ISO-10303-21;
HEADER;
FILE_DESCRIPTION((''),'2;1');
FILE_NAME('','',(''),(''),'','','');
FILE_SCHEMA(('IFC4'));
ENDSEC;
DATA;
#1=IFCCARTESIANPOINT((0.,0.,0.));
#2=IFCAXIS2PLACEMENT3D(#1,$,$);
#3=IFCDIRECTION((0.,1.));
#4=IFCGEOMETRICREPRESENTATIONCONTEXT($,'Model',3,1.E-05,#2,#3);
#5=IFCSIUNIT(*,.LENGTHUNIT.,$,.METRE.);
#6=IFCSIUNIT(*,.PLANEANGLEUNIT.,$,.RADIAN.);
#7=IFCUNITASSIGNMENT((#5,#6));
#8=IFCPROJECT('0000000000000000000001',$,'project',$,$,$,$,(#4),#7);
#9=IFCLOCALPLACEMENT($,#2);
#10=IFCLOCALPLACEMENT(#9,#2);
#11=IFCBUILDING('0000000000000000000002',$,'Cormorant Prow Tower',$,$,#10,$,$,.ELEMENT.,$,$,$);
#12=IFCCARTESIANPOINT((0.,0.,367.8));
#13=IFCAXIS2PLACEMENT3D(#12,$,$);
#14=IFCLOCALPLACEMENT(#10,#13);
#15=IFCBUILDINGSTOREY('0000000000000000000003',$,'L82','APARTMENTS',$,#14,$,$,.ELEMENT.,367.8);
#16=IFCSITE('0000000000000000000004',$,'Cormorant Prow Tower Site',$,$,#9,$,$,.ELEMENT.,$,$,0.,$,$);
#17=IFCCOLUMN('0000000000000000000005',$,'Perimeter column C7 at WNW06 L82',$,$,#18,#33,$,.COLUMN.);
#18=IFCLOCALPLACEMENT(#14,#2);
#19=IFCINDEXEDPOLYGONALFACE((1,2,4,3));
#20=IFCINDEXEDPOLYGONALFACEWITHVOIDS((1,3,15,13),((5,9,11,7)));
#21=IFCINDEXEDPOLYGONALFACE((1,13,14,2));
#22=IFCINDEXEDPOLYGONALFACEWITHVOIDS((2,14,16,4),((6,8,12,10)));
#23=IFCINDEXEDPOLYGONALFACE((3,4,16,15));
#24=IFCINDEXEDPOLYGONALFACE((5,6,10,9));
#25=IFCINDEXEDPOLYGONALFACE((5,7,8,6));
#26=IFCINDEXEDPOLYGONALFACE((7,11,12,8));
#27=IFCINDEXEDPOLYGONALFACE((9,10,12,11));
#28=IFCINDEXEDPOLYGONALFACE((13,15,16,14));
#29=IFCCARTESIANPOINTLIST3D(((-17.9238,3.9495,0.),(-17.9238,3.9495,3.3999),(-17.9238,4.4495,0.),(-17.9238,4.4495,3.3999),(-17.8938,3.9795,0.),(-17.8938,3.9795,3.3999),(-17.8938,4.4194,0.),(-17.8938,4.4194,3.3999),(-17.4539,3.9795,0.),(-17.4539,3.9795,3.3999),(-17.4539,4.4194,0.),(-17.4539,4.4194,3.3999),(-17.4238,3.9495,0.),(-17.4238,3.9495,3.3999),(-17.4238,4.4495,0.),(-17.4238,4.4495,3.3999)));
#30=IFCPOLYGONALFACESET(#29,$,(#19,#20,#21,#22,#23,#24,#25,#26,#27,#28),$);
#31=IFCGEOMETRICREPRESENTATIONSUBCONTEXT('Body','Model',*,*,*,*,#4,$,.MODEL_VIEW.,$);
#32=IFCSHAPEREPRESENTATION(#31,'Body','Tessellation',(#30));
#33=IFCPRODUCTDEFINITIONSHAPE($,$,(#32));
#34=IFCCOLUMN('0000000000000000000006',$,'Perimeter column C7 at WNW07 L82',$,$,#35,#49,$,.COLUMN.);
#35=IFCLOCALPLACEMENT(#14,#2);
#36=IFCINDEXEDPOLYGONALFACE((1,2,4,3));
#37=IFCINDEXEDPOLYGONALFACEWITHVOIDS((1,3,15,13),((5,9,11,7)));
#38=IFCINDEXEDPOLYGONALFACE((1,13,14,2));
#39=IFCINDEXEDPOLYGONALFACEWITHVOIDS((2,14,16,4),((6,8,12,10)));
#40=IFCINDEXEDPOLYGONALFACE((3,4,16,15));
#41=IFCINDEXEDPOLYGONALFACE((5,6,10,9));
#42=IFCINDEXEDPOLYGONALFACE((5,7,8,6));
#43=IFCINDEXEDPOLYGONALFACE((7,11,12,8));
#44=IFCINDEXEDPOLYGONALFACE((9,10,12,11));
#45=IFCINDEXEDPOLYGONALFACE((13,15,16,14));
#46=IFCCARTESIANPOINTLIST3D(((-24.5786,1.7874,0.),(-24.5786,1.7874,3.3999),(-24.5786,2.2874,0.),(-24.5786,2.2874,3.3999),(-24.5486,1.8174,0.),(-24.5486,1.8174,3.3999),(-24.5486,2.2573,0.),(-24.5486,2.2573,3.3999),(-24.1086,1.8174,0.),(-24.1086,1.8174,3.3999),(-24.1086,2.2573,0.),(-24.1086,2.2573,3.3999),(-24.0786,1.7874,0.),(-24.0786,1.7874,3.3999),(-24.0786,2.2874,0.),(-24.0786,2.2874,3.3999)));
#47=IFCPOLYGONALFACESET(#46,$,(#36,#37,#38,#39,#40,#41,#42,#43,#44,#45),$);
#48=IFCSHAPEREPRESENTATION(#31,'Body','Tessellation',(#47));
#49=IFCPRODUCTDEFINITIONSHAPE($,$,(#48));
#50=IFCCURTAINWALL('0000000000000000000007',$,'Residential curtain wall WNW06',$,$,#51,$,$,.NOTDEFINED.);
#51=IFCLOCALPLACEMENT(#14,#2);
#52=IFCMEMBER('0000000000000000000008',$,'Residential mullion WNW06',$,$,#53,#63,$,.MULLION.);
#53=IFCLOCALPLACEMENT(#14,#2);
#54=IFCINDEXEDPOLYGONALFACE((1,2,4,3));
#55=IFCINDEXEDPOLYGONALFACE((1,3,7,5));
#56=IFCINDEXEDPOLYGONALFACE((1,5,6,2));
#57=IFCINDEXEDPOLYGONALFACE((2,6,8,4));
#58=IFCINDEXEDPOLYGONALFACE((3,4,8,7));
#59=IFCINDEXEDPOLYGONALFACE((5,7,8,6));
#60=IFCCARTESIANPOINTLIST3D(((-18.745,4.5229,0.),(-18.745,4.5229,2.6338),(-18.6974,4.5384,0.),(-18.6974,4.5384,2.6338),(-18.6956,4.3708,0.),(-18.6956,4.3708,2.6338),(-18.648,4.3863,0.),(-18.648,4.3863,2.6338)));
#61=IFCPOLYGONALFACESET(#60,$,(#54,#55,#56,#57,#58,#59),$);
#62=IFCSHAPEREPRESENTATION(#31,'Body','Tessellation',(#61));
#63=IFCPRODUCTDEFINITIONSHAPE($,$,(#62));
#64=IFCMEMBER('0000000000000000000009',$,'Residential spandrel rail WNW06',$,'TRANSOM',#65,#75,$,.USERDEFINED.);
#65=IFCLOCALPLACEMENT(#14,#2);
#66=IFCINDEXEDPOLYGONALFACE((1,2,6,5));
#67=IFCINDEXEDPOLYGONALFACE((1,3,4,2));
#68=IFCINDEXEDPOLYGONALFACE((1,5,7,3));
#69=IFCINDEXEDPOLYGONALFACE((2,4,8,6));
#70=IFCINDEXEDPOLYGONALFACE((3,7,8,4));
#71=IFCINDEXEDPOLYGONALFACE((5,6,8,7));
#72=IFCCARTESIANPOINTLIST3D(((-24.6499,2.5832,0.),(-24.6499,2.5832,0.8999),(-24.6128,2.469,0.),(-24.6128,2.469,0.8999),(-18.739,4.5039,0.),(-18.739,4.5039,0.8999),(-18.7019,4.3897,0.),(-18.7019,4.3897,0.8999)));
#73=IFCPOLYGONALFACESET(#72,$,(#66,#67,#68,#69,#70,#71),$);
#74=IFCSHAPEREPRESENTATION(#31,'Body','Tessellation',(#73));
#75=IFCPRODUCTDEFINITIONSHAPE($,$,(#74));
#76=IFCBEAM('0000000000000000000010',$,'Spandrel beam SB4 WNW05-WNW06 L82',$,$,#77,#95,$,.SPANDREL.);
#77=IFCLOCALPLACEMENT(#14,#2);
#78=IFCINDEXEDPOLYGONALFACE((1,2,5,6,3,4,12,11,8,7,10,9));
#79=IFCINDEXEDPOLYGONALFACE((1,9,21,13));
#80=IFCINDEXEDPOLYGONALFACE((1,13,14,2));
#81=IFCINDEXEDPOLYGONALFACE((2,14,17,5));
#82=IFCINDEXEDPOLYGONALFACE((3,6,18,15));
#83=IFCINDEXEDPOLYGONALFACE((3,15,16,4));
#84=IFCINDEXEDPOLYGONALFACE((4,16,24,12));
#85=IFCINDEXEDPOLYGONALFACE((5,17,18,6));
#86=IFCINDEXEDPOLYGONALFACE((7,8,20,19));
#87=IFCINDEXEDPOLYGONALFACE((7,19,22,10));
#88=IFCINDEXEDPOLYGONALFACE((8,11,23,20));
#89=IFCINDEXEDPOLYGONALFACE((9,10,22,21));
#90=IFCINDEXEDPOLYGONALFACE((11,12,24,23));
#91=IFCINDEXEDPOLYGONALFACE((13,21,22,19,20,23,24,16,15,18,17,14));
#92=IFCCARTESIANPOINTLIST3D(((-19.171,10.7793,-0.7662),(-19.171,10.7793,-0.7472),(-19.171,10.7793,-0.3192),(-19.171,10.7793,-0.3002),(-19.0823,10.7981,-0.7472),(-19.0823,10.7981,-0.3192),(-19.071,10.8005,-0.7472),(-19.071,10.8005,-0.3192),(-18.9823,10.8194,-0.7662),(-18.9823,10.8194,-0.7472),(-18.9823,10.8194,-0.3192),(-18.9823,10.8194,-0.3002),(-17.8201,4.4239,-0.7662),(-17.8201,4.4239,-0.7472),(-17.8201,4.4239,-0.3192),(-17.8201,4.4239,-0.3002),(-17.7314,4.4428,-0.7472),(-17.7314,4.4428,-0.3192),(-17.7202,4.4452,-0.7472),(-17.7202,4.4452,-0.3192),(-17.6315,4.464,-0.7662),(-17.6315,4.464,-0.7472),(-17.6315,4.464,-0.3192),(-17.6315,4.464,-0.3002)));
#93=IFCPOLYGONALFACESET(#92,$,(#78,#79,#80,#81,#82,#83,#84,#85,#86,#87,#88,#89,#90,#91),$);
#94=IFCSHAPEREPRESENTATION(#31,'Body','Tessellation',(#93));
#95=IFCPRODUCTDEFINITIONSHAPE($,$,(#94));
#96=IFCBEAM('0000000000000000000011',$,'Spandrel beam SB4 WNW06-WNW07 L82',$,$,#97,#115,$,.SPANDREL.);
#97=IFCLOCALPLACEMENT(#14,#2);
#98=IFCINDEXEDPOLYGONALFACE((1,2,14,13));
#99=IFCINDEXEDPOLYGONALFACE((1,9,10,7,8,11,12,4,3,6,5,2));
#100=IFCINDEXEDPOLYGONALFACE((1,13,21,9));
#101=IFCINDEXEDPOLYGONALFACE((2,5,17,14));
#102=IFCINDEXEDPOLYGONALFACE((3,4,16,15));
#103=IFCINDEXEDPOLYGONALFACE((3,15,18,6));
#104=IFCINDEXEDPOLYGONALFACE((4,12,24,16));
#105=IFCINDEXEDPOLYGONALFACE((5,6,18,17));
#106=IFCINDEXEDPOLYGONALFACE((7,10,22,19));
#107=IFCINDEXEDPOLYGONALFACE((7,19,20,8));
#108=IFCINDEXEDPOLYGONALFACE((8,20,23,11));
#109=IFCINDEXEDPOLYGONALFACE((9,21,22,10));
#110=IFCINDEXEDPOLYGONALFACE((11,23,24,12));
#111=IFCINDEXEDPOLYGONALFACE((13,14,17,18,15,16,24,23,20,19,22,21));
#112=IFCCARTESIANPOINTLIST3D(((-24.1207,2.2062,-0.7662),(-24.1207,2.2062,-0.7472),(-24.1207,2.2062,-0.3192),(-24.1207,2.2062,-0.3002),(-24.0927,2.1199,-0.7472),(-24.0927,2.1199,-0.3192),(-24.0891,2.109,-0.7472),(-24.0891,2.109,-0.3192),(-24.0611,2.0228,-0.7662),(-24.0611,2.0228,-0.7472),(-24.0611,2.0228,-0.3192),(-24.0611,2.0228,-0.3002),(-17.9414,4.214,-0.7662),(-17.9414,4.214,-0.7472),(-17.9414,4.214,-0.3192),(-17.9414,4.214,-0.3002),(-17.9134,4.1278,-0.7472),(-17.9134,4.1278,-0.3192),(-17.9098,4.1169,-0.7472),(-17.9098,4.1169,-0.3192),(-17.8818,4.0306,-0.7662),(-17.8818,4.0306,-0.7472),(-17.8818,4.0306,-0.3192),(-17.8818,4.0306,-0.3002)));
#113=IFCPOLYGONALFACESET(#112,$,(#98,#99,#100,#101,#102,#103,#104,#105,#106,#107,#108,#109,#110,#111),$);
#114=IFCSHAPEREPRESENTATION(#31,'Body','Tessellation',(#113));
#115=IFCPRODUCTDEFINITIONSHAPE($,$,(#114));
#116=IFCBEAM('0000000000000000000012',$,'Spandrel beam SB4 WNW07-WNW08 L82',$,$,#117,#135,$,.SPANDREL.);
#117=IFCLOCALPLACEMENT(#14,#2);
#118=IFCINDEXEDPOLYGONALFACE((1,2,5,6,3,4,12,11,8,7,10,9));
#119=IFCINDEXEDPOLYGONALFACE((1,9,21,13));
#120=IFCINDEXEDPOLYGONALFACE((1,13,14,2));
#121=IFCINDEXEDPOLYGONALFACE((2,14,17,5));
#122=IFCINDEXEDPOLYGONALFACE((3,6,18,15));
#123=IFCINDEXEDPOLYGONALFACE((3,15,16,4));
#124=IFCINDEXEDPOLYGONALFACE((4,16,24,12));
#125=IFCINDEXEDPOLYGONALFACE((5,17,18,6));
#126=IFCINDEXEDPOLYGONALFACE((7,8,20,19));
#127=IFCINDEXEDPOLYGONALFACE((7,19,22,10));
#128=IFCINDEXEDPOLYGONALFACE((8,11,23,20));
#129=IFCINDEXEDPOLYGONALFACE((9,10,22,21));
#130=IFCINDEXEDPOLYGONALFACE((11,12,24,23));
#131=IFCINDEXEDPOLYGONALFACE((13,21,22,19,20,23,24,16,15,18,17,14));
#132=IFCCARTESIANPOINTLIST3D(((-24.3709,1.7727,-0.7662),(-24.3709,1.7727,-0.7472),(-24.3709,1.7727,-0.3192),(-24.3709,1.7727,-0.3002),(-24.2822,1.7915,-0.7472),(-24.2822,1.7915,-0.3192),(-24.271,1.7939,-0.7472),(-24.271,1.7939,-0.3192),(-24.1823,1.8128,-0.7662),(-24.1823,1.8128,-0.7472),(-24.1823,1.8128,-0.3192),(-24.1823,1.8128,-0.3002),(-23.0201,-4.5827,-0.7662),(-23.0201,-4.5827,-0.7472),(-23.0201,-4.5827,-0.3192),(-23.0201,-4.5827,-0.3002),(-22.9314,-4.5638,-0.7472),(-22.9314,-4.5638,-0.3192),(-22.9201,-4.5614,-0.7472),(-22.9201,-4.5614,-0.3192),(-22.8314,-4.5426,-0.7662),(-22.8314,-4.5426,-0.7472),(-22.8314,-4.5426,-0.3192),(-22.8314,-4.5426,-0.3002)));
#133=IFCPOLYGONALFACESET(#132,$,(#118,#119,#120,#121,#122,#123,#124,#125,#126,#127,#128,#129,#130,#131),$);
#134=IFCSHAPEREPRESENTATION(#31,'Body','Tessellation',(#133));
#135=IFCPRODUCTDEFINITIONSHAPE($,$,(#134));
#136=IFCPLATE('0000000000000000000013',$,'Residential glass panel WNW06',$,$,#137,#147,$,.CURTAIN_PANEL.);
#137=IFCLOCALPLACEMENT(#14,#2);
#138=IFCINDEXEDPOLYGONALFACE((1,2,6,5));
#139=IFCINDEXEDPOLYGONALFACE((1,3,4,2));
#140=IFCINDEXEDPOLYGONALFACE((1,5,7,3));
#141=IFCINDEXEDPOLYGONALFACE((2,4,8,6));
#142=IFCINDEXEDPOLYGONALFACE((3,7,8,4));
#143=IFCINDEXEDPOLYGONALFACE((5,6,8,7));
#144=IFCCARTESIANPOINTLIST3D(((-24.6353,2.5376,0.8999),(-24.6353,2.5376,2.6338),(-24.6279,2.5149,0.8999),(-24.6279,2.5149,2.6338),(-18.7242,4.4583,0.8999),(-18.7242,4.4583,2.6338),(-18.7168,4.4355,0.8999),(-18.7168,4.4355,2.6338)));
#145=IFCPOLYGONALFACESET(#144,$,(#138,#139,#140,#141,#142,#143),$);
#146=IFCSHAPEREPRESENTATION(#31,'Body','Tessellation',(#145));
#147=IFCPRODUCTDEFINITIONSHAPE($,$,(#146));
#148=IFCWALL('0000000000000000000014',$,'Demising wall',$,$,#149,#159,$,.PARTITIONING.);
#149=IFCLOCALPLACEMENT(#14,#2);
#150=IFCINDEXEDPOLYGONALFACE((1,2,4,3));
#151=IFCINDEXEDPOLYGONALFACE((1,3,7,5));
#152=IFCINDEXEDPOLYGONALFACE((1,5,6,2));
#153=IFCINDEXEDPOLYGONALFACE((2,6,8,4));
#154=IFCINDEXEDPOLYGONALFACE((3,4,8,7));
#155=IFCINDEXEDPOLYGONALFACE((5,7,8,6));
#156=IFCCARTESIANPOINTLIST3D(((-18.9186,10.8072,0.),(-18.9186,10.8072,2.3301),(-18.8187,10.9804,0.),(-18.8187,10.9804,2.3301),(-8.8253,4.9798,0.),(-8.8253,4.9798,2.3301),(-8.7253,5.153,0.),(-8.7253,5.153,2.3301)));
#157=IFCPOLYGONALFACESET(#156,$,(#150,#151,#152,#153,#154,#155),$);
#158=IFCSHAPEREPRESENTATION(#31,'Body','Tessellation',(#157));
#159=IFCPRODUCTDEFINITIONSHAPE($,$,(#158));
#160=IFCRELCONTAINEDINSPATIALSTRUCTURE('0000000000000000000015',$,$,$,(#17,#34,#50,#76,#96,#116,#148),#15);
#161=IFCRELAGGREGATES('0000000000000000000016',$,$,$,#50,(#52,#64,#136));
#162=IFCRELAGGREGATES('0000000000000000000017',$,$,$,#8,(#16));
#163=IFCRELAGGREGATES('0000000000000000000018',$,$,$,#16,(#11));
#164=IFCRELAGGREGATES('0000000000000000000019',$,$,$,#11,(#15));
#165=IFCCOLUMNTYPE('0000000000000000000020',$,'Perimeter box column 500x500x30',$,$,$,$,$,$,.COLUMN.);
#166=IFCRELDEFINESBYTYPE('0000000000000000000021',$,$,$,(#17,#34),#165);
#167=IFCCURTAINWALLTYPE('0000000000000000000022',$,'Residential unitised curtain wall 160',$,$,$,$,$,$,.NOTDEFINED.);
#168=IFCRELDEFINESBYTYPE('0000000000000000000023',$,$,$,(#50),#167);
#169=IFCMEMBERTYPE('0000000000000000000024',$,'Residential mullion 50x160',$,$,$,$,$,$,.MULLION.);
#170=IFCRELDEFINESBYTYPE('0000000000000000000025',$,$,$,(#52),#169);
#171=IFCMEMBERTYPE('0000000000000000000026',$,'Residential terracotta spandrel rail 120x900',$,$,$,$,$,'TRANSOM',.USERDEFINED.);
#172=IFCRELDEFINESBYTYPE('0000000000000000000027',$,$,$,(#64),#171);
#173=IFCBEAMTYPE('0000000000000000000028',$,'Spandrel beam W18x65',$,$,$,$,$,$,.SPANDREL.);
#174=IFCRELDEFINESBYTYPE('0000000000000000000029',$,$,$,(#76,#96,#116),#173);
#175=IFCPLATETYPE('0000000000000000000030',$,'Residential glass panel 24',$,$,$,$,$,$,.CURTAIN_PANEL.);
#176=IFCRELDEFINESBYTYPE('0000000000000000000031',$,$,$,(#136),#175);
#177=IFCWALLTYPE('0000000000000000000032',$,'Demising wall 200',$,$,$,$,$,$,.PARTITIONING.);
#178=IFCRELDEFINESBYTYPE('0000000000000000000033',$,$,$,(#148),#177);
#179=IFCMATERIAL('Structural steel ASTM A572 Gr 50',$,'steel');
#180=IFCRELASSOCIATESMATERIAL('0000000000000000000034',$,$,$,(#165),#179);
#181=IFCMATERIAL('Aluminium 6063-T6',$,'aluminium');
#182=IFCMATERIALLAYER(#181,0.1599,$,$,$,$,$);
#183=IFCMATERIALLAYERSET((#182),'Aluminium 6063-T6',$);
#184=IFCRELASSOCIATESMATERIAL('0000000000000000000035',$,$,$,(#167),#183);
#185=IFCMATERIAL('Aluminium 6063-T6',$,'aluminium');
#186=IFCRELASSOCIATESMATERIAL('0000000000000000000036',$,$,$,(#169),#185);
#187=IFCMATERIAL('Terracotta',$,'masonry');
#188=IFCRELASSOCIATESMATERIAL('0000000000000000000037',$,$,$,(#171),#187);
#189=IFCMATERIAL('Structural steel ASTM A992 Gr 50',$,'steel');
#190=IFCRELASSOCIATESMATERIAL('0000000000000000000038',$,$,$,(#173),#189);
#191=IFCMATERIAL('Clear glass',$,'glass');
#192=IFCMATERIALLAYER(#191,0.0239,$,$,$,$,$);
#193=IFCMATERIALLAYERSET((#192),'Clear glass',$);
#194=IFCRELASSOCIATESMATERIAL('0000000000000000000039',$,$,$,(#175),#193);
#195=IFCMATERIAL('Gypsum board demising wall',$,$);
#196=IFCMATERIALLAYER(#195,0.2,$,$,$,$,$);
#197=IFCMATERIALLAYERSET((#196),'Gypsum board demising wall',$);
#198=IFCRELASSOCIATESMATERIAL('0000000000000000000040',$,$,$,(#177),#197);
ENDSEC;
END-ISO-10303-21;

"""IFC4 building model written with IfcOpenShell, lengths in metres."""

from ifc_helpers import new_model, si_unit, direction, frame, frame_2d, origin, origin_2d, place, context, subcontext, project, spatial, rectangle, hollow_rectangle, i_section, extrude, material, layer, layer_set, material_profile, profile_set, type_object, element, aggregate, save


model = new_model("IFC4")

# Units and contexts
model_context = context("Model", 3, precision=1e-05, world=origin(), true_north=direction((0.0, 1.0)))
body_context = subcontext(model_context, "Body", "Model", "MODEL_VIEW")
ifc_project = project(units=[si_unit("LENGTHUNIT", "METRE"), si_unit("PLANEANGLEUNIT", "RADIAN")], contexts=[model_context])

# Site, building, storey
site_placement = place(None, origin())
site = spatial("IfcSite", under=ifc_project, at=site_placement, Name="Cormorant Prow Tower Site", CompositionType="ELEMENT", RefElevation=0.0)
building_placement = place(site_placement, origin())
building = spatial("IfcBuilding", under=site, at=building_placement, Name="Cormorant Prow Tower", CompositionType="ELEMENT")
storey_placement = place(building_placement, frame((0.0, 0.0, 367.8)))
storey = spatial("IfcBuildingStorey", under=building, at=storey_placement, Name="L82", Description="APARTMENTS", CompositionType="ELEMENT", Elevation=367.8)

# Columns
ifc_material_1 = material(Name="Structural steel ASTM A572 Gr 50", Category="steel")
ifc_material_profile_1 = material_profile(ifc_material_1, hollow_rectangle(XDim=0.5, YDim=0.5, WallThickness=0.03, at=origin_2d()), Name="Box 500x500x30")
ifc_profile_set_1 = profile_set([ifc_material_profile_1], Name="Structural steel ASTM A572 Gr 50")
column_type = type_object("IfcColumnType", Name="Perimeter box column 500x500x30", PredefinedType="COLUMN", material=ifc_profile_set_1)
for number, where, z_axis, x_axis, name in (
    (1, (-17.6738, 4.1995, 0.0), (0.0, 0.0, 1.0), (1.0, 0.0, 0.0), "Perimeter column C7 at WNW06 L82"),
    (2, (-24.3286, 2.0374, 0.0), (0.0, 0.0, 1.0), (1.0, 0.0, 0.0), "Perimeter column C7 at WNW07 L82"),
):
    element("IfcColumn", number, at=place(storey_placement, frame(where, z_axis=z_axis, x_axis=x_axis)), inside=storey, type_object=column_type, Name=name, PredefinedType="COLUMN", context=body_context, shape_type="SweptSolid", body=[
        extrude(hollow_rectangle(XDim=0.5, YDim=0.5, WallThickness=0.03, at=origin_2d()), origin(), (0.0, 0.0, 1.0), 3.3999),
    ])

# Curtain wall, members
ifc_material_2 = material(Name="Aluminium 6063-T6", Category="aluminium")
ifc_layer_1 = layer(ifc_material_2, 0.1599)
ifc_layer_set_1 = layer_set([ifc_layer_1], Name="Aluminium 6063-T6")
curtain_wall_type = type_object("IfcCurtainWallType", Name="Residential unitised curtain wall 160", PredefinedType="NOTDEFINED", material=ifc_layer_set_1)
curtain_wall_placement = place(storey_placement, origin())
curtain_wall = element("IfcCurtainWall", 3, at=curtain_wall_placement, inside=storey, type_object=curtain_wall_type, Name="Residential curtain wall WNW06", PredefinedType="NOTDEFINED")
ifc_material_3 = material(Name="Aluminium 6063-T6", Category="aluminium")
ifc_material_profile_2 = material_profile(ifc_material_3, rectangle(XDim=0.1599, YDim=0.05, at=origin_2d()), Name="Residential mullion 50x160")
ifc_profile_set_2 = profile_set([ifc_material_profile_2], Name="Aluminium 6063-T6")
member_type_1 = type_object("IfcMemberType", Name="Residential mullion 50x160", PredefinedType="MULLION", material=ifc_profile_set_2)
member_1_placement = place(storey_placement, frame((-18.6965, 4.4546, 0.0), z_axis=(0.0, 0.0, 1.0), x_axis=(0.309017, -0.951057, 0.0)))
member_1 = element("IfcMember", 4, at=member_1_placement, type_object=member_type_1, Name="Residential mullion WNW06", PredefinedType="MULLION", context=body_context, shape_type="SweptSolid", body=[
    extrude(rectangle(XDim=0.1599, YDim=0.05, at=origin_2d()), origin(), (0.0, 0.0, 1.0), 2.6338),
])
ifc_material_4 = material(Name="Terracotta", Category="masonry")
ifc_material_profile_3 = material_profile(ifc_material_4, rectangle(XDim=0.1201, YDim=0.8999, at=origin_2d()), Name="Residential terracotta spandrel rail 120x900")
ifc_profile_set_3 = profile_set([ifc_material_profile_3], Name="Terracotta")
member_type_2 = type_object("IfcMemberType", Name="Residential terracotta spandrel rail 120x900", ElementType="TRANSOM", PredefinedType="USERDEFINED", material=ifc_profile_set_3)
member_2_placement = place(storey_placement, frame((-18.7205, 4.4468, 0.45), z_axis=(-0.951052, -0.30903, 0.0), x_axis=(0.30903, -0.951052, 0.0)))
member_2 = element("IfcMember", 5, at=member_2_placement, type_object=member_type_2, Name="Residential spandrel rail WNW06", ObjectType="TRANSOM", PredefinedType="USERDEFINED", context=body_context, shape_type="SweptSolid", body=[
    extrude(rectangle(XDim=0.1201, YDim=0.8999, at=origin_2d()), origin(), (0.0, 0.0, 1.0), 6.2151),
])

# Beams
ifc_material_5 = material(Name="Structural steel ASTM A992 Gr 50", Category="steel")
ifc_material_profile_4 = material_profile(ifc_material_5, i_section(OverallWidth=0.1929, OverallDepth=0.4661, WebThickness=0.0115, FlangeThickness=0.019, at=origin_2d()), Name="W18x65")
ifc_profile_set_4 = profile_set([ifc_material_profile_4], Name="Structural steel ASTM A992 Gr 50")
beam_type = type_object("IfcBeamType", Name="Spandrel beam W18x65", PredefinedType="SPANDREL", material=ifc_profile_set_4)
for number, where, z_axis, x_axis, name in (
    (6, (-19.0767, 10.7993, -0.5332), (0.20791, -0.978148, 0.0), (0.978148, 0.20791, 0.0), "Spandrel beam SB4 WNW05-WNW06 L82"),
    (7, (-17.9116, 4.1223, -0.5332), (-0.951053, -0.309027, 0.0), (0.309027, -0.951053, 0.0), "Spandrel beam SB4 WNW06-WNW07 L82"),
    (8, (-24.2766, 1.7927, -0.5332), (0.20791, -0.978148, 0.0), (0.978148, 0.20791, 0.0), "Spandrel beam SB4 WNW07-WNW08 L82"),
):
    element("IfcBeam", number, at=place(storey_placement, frame(where, z_axis=z_axis, x_axis=x_axis)), inside=storey, type_object=beam_type, Name=name, PredefinedType="SPANDREL", context=body_context, shape_type="SweptSolid", body=[
        extrude(i_section(OverallWidth=0.1929, OverallDepth=0.4661, WebThickness=0.0115, FlangeThickness=0.019, at=origin_2d()), origin(), (0.0, 0.0, 1.0), 6.4973),
    ])

# Plate
ifc_material_6 = material(Name="Clear glass", Category="glass")
ifc_layer_2 = layer(ifc_material_6, 0.0239)
ifc_layer_set_2 = layer_set([ifc_layer_2], Name="Clear glass")
plate_type = type_object("IfcPlateType", Name="Residential glass panel 24", PredefinedType="CURTAIN_PANEL", material=ifc_layer_set_2)
plate_placement = place(storey_placement, frame((-21.676, 3.4866, 0.8999), z_axis=(0.0, 0.0, 1.0), x_axis=(-0.951057, -0.309017, 0.0)))
plate = element("IfcPlate", 9, at=plate_placement, type_object=plate_type, Name="Residential glass panel WNW06", PredefinedType="CURTAIN_PANEL", context=body_context, shape_type="SweptSolid", body=[
    extrude(rectangle(XDim=6.2153, YDim=0.0239, at=origin_2d()), origin(), (0.0, 0.0, 1.0), 1.7339),
])
aggregate(curtain_wall, [member_1, member_2, plate])

# Wall
ifc_material_7 = material(Name="Gypsum board demising wall")
ifc_layer_3 = layer(ifc_material_7, 0.2)
ifc_layer_set_3 = layer_set([ifc_layer_3], Name="Gypsum board demising wall")
wall_type_1 = type_object("IfcWallType", Name="Demising wall 200", PredefinedType="PARTITIONING", material=ifc_layer_set_3)
wall_1_placement = place(storey_placement, frame((-18.8687, 10.8938, 0.0), z_axis=(0.0, 0.0, 1.0), x_axis=(0.866024, -0.500003, 0.0)))
element("IfcWall", 10, at=wall_1_placement, inside=storey, type_object=wall_type_1, Name="Demising wall", PredefinedType="PARTITIONING", context=body_context, shape_type="SweptSolid", body=[
    extrude(rectangle(XDim=11.6548, YDim=0.2, at=frame_2d((5.8274, 0.0))), origin(), (0.0, 0.0, 1.0), 2.3301),
])

save(model, "model.ifc")
